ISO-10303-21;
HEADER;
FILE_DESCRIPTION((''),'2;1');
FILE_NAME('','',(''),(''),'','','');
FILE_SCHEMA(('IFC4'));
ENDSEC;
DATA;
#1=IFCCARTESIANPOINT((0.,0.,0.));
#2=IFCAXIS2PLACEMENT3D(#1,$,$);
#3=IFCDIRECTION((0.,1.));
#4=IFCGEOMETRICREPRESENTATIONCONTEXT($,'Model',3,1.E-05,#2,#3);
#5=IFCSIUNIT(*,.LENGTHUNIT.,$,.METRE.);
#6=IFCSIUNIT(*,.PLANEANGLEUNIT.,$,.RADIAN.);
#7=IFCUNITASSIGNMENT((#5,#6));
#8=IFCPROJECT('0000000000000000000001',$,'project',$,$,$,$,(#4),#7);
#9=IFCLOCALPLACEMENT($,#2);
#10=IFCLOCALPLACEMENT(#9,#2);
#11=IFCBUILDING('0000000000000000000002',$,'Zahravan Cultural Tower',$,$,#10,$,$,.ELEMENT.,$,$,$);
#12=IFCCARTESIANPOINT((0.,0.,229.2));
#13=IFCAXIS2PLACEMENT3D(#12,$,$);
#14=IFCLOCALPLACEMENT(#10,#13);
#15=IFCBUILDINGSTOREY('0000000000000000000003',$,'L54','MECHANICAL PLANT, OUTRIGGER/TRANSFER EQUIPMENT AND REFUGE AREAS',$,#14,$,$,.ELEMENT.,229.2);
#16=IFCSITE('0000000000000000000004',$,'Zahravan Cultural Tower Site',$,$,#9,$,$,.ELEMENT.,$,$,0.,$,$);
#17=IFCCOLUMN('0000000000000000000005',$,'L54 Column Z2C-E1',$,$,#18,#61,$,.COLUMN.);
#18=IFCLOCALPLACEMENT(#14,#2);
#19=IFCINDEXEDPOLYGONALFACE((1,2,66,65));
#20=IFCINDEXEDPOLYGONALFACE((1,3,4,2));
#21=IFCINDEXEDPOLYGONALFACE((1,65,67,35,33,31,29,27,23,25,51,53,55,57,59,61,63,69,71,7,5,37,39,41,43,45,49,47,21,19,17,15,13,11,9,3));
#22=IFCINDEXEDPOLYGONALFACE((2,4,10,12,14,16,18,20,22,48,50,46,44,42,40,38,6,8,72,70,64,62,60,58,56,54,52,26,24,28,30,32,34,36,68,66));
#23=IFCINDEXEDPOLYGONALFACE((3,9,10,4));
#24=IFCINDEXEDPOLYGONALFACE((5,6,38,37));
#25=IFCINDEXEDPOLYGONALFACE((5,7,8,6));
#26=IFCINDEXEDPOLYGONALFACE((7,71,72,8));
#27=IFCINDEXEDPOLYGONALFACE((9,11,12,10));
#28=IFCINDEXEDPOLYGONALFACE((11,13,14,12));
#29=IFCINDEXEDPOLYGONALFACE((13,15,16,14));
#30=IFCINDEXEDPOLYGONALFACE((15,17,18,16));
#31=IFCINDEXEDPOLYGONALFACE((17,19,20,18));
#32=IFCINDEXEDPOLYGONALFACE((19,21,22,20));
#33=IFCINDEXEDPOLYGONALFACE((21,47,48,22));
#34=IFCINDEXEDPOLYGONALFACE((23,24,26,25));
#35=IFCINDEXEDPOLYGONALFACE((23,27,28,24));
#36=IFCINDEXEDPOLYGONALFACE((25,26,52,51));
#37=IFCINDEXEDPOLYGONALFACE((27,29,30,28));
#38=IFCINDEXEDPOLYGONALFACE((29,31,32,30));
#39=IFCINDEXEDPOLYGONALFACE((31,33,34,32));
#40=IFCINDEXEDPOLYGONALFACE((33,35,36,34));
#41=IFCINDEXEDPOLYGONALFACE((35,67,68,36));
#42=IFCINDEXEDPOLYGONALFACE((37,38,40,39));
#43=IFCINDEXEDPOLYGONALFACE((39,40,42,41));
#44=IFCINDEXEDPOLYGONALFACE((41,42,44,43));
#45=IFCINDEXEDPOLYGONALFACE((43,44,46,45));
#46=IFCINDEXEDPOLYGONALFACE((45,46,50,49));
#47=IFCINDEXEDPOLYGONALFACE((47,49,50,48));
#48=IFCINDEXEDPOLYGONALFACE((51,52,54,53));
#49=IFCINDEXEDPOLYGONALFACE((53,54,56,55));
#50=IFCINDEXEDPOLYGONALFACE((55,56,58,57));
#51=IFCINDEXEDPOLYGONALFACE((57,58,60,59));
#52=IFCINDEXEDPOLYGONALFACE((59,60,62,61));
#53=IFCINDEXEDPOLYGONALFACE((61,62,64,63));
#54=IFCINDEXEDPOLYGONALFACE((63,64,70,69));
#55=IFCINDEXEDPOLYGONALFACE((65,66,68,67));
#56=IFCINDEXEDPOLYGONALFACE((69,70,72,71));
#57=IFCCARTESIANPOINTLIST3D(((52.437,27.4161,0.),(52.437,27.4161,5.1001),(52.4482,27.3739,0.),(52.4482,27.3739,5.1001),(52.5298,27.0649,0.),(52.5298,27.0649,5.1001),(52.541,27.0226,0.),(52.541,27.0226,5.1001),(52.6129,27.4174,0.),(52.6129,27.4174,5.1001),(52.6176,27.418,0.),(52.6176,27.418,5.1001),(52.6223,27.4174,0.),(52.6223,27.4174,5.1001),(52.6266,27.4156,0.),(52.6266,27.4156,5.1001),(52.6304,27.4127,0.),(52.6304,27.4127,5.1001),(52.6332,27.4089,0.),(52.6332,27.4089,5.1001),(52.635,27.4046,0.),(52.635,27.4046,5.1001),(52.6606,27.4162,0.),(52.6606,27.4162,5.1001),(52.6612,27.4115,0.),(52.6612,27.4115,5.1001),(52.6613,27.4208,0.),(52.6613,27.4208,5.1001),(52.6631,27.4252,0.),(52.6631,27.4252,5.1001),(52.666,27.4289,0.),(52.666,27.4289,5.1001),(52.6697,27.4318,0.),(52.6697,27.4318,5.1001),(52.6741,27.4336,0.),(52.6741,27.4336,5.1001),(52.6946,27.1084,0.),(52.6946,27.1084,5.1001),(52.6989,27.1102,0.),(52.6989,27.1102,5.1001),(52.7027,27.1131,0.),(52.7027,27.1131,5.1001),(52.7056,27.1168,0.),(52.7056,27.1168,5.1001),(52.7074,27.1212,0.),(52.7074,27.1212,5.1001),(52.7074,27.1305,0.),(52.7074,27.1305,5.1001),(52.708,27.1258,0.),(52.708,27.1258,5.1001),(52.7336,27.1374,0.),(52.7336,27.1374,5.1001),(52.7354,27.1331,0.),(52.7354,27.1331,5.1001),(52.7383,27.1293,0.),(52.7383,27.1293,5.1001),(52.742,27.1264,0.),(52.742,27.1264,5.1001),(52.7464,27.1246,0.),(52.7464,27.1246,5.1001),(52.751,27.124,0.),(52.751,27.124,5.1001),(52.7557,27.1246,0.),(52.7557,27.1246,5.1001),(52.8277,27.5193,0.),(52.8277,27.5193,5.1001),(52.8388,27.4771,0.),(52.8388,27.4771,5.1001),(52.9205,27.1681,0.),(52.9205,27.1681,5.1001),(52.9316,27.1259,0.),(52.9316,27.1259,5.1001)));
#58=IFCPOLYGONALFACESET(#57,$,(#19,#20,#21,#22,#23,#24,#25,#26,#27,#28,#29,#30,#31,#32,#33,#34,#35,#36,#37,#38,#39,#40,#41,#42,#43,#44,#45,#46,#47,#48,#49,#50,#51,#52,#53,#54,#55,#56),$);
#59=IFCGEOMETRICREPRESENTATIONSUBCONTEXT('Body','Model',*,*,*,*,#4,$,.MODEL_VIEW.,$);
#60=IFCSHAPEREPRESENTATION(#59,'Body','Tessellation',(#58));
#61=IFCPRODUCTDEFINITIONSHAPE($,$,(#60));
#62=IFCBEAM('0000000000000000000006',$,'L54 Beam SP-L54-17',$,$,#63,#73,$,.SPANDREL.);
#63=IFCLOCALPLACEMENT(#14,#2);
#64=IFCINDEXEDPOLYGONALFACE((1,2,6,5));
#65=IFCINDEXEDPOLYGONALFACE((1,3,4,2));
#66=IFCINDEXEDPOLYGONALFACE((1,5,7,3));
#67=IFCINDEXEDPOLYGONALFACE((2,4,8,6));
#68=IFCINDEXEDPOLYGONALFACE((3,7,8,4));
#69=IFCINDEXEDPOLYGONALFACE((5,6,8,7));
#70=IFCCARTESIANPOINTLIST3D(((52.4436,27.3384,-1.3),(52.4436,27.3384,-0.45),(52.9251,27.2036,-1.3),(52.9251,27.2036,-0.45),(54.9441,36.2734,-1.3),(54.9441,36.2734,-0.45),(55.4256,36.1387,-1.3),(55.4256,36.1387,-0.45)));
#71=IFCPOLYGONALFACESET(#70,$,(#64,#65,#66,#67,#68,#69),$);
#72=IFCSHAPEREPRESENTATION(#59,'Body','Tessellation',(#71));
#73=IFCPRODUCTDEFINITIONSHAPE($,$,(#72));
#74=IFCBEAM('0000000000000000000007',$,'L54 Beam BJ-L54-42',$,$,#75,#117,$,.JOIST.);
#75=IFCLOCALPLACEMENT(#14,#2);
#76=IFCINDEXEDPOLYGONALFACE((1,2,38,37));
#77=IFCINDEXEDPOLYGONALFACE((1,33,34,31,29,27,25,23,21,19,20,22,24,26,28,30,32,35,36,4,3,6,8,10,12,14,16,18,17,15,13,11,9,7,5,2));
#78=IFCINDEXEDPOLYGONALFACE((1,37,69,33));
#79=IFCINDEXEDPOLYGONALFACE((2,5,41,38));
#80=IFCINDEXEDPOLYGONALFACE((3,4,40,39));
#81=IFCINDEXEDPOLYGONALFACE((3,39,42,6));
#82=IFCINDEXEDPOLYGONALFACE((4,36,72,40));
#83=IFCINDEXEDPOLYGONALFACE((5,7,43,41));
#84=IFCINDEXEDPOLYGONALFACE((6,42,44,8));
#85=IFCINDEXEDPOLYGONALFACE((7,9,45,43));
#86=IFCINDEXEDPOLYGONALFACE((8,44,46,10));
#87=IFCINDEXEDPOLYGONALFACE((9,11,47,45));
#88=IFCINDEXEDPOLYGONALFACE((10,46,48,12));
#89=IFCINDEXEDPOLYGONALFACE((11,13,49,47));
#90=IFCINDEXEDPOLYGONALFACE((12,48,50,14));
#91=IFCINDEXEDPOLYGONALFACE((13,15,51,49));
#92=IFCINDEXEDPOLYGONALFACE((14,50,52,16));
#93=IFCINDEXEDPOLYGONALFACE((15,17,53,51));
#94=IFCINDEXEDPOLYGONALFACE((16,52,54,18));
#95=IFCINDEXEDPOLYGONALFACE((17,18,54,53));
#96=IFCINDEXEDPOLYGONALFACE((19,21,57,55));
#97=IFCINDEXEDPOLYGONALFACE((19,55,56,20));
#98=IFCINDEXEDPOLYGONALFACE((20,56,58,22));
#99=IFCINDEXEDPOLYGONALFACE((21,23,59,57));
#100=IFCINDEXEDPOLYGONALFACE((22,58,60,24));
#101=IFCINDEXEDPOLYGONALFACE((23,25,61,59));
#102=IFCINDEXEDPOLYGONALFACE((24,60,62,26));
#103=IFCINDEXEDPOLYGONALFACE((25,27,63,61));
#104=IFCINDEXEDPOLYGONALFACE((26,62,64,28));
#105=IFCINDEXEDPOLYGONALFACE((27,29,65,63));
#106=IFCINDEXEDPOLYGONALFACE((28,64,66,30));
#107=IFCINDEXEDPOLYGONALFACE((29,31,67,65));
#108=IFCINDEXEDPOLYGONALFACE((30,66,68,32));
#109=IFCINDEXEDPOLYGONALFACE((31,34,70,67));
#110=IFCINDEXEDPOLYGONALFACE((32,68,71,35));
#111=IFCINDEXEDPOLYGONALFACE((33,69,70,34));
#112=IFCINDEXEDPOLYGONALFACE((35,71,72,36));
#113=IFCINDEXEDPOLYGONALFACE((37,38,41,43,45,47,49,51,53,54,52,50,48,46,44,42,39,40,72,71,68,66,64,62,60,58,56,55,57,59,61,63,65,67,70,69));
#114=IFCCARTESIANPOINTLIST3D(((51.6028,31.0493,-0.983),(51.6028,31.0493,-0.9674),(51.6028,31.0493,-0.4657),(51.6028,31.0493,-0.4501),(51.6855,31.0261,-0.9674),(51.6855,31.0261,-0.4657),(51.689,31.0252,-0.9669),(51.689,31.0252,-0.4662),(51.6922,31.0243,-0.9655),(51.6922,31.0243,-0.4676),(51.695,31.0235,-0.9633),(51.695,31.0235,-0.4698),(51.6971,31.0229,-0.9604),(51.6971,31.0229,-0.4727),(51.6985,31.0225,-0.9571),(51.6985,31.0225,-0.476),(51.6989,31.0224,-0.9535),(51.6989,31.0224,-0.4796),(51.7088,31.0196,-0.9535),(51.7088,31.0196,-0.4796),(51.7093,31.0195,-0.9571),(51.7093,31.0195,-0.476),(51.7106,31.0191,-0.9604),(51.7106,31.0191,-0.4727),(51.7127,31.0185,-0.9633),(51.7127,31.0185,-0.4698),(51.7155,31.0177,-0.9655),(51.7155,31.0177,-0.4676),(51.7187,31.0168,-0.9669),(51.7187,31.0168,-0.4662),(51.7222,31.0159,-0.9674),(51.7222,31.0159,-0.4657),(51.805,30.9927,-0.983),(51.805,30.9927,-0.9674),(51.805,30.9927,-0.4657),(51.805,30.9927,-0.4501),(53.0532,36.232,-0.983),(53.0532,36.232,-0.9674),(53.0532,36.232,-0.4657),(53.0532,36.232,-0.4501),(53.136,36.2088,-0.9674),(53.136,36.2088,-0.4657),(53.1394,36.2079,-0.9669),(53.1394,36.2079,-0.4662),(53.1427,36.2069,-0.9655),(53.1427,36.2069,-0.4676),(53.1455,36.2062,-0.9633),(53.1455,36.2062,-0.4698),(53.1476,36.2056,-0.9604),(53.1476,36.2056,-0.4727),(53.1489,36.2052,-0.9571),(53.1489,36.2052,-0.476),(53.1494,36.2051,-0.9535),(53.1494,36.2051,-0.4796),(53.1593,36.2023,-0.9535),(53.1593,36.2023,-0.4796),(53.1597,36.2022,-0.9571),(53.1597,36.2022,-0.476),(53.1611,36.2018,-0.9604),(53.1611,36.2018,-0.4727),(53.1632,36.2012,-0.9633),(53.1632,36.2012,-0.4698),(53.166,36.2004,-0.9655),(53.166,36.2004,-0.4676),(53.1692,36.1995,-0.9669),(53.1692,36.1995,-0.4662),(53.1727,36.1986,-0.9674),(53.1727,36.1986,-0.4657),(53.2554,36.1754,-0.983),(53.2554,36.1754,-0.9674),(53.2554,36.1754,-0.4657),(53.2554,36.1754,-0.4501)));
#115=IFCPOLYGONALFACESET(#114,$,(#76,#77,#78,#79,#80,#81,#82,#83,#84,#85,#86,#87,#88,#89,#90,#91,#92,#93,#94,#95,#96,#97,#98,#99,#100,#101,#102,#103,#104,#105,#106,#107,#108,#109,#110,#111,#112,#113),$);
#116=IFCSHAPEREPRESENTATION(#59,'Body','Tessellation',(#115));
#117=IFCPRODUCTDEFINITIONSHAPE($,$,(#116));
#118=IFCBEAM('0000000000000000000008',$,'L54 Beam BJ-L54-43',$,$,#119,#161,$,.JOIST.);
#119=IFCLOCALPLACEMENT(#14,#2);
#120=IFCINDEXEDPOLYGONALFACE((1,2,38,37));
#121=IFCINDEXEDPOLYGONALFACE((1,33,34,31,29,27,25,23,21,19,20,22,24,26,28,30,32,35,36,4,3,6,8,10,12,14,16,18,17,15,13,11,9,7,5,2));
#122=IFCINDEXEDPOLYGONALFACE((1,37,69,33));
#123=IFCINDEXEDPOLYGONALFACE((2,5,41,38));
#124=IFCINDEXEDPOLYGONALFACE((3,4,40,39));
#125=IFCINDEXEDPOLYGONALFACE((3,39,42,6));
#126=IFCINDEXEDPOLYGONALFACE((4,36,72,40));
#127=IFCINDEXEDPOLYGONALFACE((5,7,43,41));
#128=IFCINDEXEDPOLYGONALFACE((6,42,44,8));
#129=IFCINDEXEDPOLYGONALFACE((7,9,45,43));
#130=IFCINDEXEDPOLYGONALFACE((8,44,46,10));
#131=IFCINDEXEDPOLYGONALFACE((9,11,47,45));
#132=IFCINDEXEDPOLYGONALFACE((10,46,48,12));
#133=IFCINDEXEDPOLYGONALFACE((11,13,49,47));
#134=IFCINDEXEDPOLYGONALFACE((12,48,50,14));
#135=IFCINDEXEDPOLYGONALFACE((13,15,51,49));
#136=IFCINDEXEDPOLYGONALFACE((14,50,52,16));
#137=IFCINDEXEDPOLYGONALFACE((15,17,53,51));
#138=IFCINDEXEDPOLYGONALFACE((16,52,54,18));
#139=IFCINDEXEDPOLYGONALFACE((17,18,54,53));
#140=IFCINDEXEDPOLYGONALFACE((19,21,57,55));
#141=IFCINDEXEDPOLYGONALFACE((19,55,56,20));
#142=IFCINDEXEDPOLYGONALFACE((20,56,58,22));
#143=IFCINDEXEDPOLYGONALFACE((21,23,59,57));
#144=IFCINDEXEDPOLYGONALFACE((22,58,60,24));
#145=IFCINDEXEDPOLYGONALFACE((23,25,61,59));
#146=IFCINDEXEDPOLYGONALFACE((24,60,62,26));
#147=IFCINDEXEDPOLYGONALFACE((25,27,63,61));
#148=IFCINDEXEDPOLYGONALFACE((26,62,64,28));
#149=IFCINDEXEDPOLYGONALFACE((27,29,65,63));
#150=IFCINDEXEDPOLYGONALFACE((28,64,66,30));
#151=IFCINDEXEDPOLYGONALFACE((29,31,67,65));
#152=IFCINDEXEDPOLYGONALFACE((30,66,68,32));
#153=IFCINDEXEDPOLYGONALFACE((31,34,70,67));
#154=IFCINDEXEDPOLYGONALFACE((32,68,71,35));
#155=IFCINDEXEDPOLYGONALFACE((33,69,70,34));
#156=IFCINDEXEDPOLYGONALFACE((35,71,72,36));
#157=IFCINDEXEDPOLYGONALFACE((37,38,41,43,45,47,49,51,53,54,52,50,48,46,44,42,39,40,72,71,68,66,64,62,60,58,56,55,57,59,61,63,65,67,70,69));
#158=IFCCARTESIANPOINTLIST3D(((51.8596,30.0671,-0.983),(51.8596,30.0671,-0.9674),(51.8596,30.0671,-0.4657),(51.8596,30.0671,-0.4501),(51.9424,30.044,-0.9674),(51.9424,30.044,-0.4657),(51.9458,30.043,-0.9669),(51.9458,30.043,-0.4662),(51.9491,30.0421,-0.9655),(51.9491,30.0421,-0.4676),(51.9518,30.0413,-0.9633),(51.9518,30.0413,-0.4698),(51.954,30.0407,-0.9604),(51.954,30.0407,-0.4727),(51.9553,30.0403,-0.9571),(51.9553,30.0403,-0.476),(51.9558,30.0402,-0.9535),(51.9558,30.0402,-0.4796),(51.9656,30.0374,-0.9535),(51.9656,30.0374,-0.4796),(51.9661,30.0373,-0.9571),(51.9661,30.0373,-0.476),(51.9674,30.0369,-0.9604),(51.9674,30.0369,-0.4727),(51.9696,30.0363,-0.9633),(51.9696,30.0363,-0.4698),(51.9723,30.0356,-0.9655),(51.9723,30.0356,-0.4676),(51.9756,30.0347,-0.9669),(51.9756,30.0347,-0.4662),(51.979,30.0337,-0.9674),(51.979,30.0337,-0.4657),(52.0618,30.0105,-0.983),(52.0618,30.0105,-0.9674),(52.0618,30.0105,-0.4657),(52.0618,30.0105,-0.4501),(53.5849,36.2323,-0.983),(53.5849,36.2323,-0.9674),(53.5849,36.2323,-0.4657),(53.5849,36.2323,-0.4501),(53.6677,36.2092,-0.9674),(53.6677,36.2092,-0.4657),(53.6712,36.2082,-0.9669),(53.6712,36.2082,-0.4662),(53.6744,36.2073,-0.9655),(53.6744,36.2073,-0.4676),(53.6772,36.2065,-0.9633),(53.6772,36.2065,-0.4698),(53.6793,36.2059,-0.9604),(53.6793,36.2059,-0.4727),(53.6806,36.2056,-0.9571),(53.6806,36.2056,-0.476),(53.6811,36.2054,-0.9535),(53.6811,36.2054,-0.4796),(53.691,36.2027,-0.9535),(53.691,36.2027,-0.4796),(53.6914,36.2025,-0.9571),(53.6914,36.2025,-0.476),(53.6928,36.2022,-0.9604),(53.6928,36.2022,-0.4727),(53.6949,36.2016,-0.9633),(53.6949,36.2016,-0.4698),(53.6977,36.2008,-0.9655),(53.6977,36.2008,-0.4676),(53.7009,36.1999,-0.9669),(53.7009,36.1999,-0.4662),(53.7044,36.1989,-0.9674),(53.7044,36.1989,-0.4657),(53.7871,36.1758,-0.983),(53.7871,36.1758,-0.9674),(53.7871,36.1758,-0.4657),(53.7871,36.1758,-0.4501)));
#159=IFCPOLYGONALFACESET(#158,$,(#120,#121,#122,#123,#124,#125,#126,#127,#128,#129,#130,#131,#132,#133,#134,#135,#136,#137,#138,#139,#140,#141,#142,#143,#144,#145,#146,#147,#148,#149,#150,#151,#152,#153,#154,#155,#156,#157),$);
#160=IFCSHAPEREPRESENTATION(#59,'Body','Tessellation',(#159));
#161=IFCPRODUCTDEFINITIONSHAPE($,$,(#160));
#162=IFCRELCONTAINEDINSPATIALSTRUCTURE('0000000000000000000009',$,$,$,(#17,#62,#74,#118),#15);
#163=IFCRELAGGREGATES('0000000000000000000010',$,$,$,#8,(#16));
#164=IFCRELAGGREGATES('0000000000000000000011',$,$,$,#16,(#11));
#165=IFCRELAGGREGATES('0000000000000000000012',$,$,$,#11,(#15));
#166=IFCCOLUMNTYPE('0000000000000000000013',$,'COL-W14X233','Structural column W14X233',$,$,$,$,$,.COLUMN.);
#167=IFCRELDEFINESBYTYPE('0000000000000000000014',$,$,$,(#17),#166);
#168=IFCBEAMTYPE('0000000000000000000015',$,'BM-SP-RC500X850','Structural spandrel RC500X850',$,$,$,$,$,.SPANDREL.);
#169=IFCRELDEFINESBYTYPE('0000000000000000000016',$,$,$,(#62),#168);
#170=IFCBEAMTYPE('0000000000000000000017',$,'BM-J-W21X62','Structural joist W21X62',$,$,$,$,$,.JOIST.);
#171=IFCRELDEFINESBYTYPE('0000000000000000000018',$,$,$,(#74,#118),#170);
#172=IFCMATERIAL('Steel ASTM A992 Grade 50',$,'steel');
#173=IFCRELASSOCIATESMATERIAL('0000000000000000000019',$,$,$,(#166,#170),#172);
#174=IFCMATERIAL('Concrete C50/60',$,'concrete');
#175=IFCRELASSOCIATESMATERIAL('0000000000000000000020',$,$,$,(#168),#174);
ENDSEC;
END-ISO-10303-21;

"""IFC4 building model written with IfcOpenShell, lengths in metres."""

from ifc_helpers import new_model, si_unit, direction, frame, origin, origin_2d, place, context, subcontext, project, spatial, rectangle, i_section, extrude, source, transform, mapped, material, material_profile, profile_set, type_object, element, save


model = new_model("IFC4")

# Units and contexts
model_context = context("Model", 3, precision=1e-05, world=origin(), true_north=direction((0.0, 1.0)))
body_context = subcontext(model_context, "Body", "Model", "MODEL_VIEW")
ifc_project = project(units=[si_unit("LENGTHUNIT", "METRE"), si_unit("PLANEANGLEUNIT", "RADIAN")], contexts=[model_context])

# Site, building, storey
site_placement = place(None, origin())
site = spatial("IfcSite", under=ifc_project, at=site_placement, Name="Zahravan Cultural Tower Site", CompositionType="ELEMENT", RefElevation=0.0)
building_placement = place(site_placement, origin())
building = spatial("IfcBuilding", under=site, at=building_placement, Name="Zahravan Cultural Tower", CompositionType="ELEMENT")
storey_placement = place(building_placement, frame((0.0, 0.0, 229.2)))
storey = spatial("IfcBuildingStorey", under=building, at=storey_placement, Name="L54", Description="MECHANICAL PLANT, OUTRIGGER/TRANSFER EQUIPMENT AND REFUGE AREAS", CompositionType="ELEMENT", Elevation=229.2)

# Column
ifc_material_1 = material(Name="Steel ASTM A992 Grade 50", Category="steel")
ifc_material_profile_1 = material_profile(ifc_material_1, i_section(OverallWidth=0.4041, OverallDepth=0.407, WebThickness=0.0271, FlangeThickness=0.0437, FilletRadius=0.0181, at=origin_2d()), Name="W14X233")
ifc_profile_set_1 = profile_set([ifc_material_profile_1], Name="Steel ASTM A992 Grade 50")
column_type = type_object("IfcColumnType", Name="COL-W14X233", Description="Structural column W14X233", PredefinedType="COLUMN", material=ifc_profile_set_1)
shared_shape_1 = source(origin(), body_context, "Body", "SweptSolid", [
    extrude(i_section(OverallWidth=0.4041, OverallDepth=0.407, WebThickness=0.0271, FlangeThickness=0.0437, FilletRadius=0.0181, at=origin_2d()), origin(), (0.0, 0.0, 1.0), 5.1001),
])
column_placement = place(storey_placement, frame((52.6843, 27.271, 0.0), z_axis=(0.0, 0.0, 1.0), x_axis=(0.966823, 0.255446, 0.0)))
element("IfcColumn", 1, at=column_placement, inside=storey, type_object=column_type, Name="L54 Column Z2C-E1", PredefinedType="COLUMN", context=body_context, shape_type="MappedRepresentation", body=[
    mapped(shared_shape_1, transform((0.0, 0.0, 0.0), x_axis=(1.0, 0.0, 0.0), y_axis=(0.0, 1.0, 0.0), z_axis=(0.0, 0.0, 1.0), scale=1.0)),
])

# Beams
ifc_material_2 = material(Name="Concrete C50/60", Category="concrete")
ifc_material_profile_2 = material_profile(ifc_material_2, rectangle(XDim=0.5, YDim=0.8501, at=origin_2d()), Name="RC500X850")
ifc_profile_set_2 = profile_set([ifc_material_profile_2], Name="Concrete C50/60")
beam_type_1 = type_object("IfcBeamType", Name="BM-SP-RC500X850", Description="Structural spandrel RC500X850", PredefinedType="SPANDREL", material=ifc_profile_set_2)
shared_shape_2 = source(origin(), body_context, "Body", "SweptSolid", [
    extrude(rectangle(XDim=0.5, YDim=0.8501, at=origin_2d()), origin(), (0.0, 0.0, 1.0), 9.2783),
])
beam_1_placement = place(storey_placement, frame((52.6843, 27.271, -0.875), z_axis=(0.269497, 0.963001, 0.0), x_axis=(-0.963001, 0.269497, 0.0)))
element("IfcBeam", 2, at=beam_1_placement, inside=storey, type_object=beam_type_1, Name="L54 Beam SP-L54-17", PredefinedType="SPANDREL", context=body_context, shape_type="MappedRepresentation", body=[
    mapped(shared_shape_2, transform((0.0, 0.0, 0.0), x_axis=(1.0, 0.0, 0.0), y_axis=(0.0, 1.0, 0.0), z_axis=(0.0, 0.0, 1.0), scale=1.0)),
])
ifc_material_profile_3 = material_profile(ifc_material_1, i_section(OverallWidth=0.21, OverallDepth=0.533, WebThickness=0.0103, FlangeThickness=0.0156, FilletRadius=0.0139, at=origin_2d()), Name="W21X62")
ifc_profile_set_3 = profile_set([ifc_material_profile_3], Name="Steel ASTM A992 Grade 50")
beam_type_2 = type_object("IfcBeamType", Name="BM-J-W21X62", Description="Structural joist W21X62", PredefinedType="JOIST", material=ifc_profile_set_3)
shared_shape_3 = source(origin(), body_context, "Body", "SweptSolid", [
    extrude(i_section(OverallWidth=0.21, OverallDepth=0.533, WebThickness=0.0103, FlangeThickness=0.0156, FilletRadius=0.0139, at=origin_2d()), origin(), (0.0, 0.0, 1.0), 5.3818),
])
beam_2_placement = place(storey_placement, frame((51.7039, 31.021, -0.7166), z_axis=(0.26951, 0.962997, 0.0), x_axis=(-0.962997, 0.26951, 0.0)))
element("IfcBeam", 3, at=beam_2_placement, inside=storey, type_object=beam_type_2, Name="L54 Beam BJ-L54-42", PredefinedType="JOIST", context=body_context, shape_type="MappedRepresentation", body=[
    mapped(shared_shape_3, transform((0.0, 0.0, 0.0), x_axis=(1.0, 0.0, 0.0), y_axis=(0.0, 1.0, 0.0), z_axis=(0.0, 0.0, 1.0), scale=1.0)),
])
shared_shape_4 = source(origin(), body_context, "Body", "SweptSolid", [
    extrude(i_section(OverallWidth=0.21, OverallDepth=0.533, WebThickness=0.0103, FlangeThickness=0.0156, FilletRadius=0.0139, at=origin_2d()), origin(), (0.0, 0.0, 1.0), 6.4021),
])
beam_3_placement = place(storey_placement, frame((51.9607, 30.0388, -0.7166), z_axis=(0.269494, 0.963002, 0.0), x_axis=(-0.963002, 0.269494, 0.0)))
element("IfcBeam", 4, at=beam_3_placement, inside=storey, type_object=beam_type_2, Name="L54 Beam BJ-L54-43", PredefinedType="JOIST", context=body_context, shape_type="MappedRepresentation", body=[
    mapped(shared_shape_4, transform((0.0, 0.0, 0.0), x_axis=(1.0, 0.0, 0.0), y_axis=(0.0, 1.0, 0.0), z_axis=(0.0, 0.0, 1.0), scale=1.0)),
])

save(model, "model.ifc")
